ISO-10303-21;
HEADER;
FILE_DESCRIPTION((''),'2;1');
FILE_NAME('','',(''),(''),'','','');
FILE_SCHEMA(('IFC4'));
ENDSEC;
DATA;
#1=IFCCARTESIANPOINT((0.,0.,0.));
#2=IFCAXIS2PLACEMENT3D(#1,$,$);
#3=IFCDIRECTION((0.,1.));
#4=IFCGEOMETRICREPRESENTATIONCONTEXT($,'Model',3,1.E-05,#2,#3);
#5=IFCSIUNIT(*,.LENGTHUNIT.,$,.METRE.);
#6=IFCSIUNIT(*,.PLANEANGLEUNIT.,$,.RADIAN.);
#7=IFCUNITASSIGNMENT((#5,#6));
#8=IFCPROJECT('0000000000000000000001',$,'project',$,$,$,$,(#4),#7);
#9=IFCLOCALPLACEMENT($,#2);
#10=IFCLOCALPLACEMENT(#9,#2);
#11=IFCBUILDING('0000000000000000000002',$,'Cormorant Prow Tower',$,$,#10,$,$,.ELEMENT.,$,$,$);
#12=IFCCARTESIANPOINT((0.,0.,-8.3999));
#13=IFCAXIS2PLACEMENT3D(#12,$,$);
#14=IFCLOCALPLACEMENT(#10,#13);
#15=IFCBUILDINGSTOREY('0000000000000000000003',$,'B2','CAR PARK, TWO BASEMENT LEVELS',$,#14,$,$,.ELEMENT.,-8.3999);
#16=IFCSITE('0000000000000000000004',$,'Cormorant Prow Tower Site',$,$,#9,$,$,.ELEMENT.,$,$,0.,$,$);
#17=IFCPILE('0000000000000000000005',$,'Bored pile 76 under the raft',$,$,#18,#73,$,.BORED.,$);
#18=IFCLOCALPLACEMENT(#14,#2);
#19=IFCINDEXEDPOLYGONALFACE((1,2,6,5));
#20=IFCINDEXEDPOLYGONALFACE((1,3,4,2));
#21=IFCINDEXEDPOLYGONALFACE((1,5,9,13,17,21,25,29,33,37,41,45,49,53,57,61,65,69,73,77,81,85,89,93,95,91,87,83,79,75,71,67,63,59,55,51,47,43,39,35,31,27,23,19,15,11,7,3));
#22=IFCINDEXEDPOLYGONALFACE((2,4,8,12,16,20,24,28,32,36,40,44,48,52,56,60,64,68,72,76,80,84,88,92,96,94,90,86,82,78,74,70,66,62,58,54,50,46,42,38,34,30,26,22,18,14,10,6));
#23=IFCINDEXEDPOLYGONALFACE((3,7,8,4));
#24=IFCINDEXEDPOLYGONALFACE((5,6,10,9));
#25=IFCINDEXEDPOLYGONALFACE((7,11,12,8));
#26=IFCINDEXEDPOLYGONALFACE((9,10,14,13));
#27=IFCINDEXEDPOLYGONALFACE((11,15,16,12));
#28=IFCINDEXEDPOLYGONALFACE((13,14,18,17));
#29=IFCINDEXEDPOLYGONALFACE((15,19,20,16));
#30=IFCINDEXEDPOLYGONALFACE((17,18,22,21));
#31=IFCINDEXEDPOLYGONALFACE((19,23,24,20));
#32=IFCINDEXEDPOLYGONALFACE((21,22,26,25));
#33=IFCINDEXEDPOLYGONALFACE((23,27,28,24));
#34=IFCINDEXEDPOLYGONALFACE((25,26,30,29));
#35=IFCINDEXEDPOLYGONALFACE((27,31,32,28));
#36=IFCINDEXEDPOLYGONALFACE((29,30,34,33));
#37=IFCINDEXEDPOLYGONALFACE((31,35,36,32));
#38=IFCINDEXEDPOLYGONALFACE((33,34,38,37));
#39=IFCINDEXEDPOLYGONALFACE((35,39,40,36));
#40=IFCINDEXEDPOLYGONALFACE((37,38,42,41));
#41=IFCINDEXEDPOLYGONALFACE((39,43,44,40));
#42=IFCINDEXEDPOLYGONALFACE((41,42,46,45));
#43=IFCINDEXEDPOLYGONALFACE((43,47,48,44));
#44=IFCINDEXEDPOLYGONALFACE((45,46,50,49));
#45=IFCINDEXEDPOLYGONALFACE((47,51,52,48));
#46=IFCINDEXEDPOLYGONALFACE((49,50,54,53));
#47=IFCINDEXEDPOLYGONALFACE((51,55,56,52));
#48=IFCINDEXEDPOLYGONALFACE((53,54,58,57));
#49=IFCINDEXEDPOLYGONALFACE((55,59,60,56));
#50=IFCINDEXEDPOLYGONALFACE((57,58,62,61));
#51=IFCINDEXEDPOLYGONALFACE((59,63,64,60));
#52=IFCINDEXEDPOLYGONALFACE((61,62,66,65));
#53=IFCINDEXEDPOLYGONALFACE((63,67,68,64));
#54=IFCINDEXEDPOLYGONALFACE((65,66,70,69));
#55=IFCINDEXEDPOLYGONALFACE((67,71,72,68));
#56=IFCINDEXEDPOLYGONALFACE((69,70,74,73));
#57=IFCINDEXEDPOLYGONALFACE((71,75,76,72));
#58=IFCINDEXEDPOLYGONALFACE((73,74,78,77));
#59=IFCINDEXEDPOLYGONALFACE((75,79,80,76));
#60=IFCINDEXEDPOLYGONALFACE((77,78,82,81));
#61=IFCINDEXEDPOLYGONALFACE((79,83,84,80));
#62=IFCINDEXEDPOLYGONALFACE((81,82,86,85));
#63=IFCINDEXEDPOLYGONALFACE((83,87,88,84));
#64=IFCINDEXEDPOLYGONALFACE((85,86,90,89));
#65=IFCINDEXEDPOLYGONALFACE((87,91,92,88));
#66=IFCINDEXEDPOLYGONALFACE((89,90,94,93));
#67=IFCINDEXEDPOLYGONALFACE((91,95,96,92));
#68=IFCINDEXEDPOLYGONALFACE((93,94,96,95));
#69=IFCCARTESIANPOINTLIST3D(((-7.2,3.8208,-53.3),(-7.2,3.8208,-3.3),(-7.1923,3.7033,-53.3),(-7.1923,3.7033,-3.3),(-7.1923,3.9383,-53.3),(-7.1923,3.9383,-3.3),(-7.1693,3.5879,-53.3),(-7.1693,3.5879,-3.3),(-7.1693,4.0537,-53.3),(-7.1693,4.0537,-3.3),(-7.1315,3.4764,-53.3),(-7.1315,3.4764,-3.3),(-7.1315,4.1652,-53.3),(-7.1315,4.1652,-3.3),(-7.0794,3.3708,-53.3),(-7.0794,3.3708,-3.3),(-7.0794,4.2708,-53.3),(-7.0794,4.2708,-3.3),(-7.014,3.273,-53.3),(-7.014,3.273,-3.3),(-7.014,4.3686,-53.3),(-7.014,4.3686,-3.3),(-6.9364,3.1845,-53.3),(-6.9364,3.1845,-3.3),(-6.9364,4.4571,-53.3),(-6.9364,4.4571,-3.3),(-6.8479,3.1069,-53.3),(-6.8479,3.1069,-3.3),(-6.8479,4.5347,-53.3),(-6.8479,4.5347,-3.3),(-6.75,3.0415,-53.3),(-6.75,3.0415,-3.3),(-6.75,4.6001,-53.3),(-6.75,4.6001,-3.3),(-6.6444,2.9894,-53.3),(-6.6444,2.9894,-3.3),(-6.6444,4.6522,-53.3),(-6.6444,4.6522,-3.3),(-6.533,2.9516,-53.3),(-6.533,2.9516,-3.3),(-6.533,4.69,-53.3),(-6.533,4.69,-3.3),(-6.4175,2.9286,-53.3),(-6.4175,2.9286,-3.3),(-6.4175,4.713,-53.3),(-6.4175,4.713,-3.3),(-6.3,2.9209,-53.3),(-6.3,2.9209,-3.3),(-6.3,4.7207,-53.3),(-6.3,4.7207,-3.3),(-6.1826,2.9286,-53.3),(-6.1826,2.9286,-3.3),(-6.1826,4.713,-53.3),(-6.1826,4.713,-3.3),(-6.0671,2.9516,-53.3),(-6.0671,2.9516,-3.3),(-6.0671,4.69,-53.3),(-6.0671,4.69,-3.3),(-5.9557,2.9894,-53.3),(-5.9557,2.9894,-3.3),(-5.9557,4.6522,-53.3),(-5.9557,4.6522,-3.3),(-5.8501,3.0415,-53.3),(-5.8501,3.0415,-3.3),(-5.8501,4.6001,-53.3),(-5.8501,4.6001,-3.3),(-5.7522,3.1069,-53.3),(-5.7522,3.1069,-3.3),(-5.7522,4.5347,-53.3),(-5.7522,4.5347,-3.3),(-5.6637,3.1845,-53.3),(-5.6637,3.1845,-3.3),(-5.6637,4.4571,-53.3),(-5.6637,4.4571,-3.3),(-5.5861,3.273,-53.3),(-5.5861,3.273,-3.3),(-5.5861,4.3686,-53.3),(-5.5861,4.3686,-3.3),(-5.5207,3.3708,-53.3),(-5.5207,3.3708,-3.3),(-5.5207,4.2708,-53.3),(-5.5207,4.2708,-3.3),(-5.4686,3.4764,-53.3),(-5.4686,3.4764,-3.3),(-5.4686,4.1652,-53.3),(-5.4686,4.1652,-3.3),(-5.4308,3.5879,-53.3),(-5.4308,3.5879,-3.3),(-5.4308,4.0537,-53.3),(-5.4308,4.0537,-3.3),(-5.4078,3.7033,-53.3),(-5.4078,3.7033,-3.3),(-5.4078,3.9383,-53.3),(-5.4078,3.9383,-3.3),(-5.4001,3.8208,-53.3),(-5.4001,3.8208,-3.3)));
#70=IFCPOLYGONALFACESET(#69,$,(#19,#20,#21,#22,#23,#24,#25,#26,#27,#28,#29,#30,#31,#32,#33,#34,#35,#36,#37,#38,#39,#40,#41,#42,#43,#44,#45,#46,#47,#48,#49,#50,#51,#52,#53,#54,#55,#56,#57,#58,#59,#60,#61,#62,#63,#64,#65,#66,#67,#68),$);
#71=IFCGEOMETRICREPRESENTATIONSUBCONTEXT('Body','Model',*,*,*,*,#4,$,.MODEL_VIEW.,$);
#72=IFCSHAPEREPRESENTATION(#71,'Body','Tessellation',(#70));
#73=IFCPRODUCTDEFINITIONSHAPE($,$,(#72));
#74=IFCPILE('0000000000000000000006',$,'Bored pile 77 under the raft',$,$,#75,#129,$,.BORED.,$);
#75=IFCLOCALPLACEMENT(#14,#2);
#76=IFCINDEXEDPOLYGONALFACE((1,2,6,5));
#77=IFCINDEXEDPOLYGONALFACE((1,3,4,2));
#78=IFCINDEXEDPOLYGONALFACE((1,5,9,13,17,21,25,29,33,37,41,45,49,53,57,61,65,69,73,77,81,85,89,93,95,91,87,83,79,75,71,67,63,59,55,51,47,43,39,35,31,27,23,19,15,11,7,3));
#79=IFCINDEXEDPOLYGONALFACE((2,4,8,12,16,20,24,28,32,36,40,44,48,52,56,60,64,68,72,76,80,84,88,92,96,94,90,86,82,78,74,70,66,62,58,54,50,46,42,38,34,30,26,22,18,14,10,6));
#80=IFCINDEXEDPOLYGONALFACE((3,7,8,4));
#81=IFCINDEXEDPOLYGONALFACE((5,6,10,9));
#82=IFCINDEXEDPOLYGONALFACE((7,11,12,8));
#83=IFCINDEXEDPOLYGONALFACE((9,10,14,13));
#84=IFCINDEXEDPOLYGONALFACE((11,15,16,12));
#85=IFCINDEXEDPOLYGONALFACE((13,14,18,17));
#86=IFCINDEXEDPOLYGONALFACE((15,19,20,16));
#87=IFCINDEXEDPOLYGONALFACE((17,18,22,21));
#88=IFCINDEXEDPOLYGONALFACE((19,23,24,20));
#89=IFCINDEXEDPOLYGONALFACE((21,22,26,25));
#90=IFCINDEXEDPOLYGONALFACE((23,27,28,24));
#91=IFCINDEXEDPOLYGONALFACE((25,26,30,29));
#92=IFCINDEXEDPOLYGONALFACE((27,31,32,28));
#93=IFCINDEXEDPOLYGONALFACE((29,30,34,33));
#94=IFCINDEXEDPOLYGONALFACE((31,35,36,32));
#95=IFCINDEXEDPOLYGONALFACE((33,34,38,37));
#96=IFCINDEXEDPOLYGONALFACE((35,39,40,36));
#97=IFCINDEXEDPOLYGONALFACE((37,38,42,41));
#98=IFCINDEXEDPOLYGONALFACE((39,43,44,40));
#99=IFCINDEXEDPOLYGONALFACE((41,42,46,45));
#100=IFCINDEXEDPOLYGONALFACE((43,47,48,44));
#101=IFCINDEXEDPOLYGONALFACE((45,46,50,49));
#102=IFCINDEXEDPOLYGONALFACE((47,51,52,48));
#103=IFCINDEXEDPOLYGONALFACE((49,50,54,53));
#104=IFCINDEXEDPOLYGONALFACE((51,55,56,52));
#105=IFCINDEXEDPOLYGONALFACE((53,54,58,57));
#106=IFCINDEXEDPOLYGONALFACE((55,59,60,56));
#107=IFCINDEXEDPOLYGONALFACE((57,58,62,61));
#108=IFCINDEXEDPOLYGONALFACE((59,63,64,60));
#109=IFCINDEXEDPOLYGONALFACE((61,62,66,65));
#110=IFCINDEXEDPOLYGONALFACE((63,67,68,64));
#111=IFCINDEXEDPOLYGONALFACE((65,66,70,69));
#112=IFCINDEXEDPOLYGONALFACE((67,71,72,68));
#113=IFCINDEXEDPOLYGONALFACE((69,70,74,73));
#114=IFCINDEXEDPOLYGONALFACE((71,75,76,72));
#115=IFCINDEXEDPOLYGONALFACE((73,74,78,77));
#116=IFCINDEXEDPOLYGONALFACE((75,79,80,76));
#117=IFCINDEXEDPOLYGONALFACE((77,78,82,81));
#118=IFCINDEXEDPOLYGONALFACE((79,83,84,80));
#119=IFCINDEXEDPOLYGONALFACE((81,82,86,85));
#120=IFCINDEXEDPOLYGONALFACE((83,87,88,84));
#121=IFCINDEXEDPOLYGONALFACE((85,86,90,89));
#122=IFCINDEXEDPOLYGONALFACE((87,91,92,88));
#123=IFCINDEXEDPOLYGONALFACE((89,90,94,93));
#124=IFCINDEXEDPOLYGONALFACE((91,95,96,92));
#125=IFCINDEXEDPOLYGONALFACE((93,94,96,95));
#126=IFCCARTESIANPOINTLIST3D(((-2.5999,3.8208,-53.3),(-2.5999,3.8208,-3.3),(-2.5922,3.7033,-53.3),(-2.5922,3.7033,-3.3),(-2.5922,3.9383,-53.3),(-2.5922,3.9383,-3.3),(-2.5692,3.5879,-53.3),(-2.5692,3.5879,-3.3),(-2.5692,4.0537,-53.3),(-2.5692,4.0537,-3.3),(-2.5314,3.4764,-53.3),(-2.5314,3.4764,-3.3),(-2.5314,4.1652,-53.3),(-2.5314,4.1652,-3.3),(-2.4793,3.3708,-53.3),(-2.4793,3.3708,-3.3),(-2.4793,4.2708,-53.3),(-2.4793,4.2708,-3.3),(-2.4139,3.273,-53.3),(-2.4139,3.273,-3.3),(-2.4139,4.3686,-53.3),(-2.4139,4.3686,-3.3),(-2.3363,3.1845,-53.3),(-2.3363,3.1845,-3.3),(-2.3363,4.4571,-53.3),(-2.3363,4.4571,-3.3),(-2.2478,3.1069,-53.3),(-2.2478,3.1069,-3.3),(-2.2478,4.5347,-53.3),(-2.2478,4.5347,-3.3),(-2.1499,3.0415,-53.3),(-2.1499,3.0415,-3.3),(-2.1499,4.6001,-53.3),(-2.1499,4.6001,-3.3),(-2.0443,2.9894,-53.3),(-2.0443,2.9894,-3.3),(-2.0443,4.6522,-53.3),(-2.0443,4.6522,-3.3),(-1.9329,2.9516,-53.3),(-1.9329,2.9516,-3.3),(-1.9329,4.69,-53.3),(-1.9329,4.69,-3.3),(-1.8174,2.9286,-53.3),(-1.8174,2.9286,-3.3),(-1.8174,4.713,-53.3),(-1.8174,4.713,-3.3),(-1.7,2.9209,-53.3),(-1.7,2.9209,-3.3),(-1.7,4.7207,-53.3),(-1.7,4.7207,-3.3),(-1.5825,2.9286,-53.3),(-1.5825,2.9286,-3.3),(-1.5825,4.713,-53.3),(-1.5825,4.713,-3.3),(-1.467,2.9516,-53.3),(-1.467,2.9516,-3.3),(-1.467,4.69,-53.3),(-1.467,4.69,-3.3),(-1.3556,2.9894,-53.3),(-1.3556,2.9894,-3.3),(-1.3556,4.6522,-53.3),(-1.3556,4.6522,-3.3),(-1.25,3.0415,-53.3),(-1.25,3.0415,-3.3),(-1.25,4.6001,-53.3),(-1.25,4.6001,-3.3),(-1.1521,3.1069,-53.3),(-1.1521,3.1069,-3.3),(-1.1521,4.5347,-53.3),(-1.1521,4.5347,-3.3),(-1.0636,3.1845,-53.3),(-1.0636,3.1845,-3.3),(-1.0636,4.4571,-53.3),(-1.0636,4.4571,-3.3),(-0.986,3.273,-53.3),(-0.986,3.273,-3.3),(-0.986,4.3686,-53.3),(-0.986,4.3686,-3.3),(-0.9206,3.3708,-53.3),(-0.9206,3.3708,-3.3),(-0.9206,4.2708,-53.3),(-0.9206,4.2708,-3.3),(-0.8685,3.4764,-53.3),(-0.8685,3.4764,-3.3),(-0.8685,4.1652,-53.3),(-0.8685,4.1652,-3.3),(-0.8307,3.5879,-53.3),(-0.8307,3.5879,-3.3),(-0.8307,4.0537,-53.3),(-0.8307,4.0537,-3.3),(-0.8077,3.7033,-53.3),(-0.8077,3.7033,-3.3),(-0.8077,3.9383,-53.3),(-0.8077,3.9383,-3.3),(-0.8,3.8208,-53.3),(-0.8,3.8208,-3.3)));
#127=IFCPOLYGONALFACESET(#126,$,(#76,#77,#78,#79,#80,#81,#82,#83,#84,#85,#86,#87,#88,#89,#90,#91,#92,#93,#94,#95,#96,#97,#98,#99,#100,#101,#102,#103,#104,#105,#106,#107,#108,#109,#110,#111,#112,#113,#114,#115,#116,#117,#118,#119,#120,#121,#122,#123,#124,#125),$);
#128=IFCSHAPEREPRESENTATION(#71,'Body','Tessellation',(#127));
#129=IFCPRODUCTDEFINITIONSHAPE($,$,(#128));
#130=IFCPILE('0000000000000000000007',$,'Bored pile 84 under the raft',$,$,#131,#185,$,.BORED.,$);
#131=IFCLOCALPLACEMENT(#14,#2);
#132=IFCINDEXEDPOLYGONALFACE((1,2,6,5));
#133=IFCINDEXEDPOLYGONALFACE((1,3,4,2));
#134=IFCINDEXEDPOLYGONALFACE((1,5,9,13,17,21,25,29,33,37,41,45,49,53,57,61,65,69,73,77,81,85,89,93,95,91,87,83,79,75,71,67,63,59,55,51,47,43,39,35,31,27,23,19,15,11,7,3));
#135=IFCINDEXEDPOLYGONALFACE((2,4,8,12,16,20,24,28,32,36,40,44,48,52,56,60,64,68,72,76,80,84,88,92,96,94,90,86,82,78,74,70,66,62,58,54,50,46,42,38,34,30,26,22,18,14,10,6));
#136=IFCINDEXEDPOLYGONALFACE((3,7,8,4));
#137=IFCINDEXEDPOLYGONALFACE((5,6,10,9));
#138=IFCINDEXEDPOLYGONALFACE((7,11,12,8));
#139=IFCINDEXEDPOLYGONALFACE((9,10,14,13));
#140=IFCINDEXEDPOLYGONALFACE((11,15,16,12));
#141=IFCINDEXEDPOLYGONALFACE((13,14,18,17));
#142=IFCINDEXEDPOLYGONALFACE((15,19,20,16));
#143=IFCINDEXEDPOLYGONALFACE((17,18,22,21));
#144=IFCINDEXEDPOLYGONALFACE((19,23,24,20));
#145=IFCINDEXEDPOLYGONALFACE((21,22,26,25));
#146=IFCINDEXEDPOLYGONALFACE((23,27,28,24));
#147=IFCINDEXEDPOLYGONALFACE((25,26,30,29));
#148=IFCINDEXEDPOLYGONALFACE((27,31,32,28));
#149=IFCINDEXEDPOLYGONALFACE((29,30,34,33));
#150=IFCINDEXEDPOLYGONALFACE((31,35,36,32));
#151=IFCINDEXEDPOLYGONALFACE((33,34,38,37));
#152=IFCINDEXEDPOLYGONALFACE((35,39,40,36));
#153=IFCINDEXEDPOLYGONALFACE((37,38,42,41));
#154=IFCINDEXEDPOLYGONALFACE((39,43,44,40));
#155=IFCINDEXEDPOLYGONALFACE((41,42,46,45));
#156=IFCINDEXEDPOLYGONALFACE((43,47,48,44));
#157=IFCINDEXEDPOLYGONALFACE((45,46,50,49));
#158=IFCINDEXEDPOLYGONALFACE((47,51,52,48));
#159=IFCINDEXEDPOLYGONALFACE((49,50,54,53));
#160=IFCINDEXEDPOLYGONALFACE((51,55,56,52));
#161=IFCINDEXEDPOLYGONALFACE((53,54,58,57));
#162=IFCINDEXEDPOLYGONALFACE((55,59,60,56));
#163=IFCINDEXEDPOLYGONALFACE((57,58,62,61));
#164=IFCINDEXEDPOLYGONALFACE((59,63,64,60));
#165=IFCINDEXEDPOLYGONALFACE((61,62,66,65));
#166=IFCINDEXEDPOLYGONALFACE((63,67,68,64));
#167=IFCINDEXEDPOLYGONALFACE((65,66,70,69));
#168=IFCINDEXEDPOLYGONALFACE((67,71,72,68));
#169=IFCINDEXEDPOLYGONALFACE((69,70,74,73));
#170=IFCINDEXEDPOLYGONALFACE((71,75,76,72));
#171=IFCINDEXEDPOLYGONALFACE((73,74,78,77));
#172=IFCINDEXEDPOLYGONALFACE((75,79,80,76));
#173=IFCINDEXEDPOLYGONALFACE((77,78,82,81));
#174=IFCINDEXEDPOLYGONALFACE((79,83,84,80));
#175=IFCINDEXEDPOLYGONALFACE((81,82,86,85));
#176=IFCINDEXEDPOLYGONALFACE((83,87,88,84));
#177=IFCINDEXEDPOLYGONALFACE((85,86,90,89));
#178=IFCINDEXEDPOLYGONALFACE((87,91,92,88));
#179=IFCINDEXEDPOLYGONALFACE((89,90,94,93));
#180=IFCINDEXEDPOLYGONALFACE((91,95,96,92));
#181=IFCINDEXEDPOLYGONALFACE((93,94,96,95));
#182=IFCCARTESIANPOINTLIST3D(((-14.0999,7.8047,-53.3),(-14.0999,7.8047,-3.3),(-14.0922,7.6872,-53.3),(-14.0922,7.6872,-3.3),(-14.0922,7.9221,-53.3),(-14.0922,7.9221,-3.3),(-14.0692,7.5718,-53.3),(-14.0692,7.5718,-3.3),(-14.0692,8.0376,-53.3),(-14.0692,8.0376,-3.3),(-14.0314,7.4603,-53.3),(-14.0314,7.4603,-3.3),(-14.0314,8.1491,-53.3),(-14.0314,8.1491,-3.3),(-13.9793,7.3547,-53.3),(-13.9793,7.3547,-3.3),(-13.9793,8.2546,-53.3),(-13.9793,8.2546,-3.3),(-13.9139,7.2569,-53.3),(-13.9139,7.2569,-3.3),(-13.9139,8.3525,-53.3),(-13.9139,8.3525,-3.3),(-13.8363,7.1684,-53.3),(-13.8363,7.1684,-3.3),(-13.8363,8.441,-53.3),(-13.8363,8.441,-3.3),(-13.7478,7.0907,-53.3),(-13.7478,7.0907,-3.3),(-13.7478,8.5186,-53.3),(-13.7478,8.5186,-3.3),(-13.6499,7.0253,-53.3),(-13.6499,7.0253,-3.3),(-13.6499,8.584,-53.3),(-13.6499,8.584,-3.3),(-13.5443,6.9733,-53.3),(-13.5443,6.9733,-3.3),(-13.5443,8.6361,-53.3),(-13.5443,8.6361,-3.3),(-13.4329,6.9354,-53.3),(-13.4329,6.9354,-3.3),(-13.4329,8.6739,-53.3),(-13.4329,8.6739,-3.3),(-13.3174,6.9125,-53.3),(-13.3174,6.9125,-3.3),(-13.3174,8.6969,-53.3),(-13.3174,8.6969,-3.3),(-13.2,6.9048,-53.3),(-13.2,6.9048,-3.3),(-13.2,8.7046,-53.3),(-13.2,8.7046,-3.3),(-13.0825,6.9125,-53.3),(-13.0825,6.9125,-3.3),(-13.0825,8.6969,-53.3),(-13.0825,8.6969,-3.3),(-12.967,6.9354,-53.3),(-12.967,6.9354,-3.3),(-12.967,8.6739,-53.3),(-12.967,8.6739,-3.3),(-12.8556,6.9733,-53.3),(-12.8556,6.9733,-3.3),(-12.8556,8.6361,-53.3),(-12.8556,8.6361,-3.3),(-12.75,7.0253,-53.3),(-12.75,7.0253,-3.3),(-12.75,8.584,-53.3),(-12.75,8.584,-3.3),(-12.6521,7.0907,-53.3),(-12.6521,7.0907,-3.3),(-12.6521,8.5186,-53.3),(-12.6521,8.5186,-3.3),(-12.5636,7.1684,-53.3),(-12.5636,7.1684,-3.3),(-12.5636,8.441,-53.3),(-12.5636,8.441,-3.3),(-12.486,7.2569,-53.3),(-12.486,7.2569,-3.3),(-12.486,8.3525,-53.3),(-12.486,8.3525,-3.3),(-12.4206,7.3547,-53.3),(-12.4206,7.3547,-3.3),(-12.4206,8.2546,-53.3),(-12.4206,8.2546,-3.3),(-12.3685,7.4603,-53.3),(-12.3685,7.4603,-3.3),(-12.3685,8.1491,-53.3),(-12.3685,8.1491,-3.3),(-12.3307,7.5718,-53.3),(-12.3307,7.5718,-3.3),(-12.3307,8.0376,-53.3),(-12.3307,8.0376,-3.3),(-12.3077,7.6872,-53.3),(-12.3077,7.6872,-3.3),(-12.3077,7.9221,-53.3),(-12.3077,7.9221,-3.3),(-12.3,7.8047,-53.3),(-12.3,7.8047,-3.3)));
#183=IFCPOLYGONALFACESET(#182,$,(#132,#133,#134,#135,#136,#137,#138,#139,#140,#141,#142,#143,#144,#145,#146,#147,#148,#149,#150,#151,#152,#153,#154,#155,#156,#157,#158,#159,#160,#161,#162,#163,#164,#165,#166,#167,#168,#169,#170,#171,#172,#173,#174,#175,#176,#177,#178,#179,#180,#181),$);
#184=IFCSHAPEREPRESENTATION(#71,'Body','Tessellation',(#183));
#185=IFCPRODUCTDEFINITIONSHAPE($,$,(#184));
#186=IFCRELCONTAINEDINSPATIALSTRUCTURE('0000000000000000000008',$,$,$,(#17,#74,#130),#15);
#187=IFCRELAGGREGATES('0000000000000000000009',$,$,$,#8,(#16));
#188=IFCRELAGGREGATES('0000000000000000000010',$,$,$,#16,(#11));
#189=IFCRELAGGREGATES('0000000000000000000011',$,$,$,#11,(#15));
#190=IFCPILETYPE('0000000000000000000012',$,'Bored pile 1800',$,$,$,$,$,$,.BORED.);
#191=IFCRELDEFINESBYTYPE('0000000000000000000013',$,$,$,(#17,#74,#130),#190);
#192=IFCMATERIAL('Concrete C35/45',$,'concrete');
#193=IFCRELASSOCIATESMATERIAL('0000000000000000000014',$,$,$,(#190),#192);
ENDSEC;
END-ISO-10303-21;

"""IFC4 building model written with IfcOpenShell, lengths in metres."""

from ifc_helpers import new_model, si_unit, direction, frame, origin, origin_2d, place, context, subcontext, project, spatial, circle, extrude, material, material_profile, profile_set, type_object, element, save


model = new_model("IFC4")

# Units and contexts
model_context = context("Model", 3, precision=1e-05, world=origin(), true_north=direction((0.0, 1.0)))
body_context = subcontext(model_context, "Body", "Model", "MODEL_VIEW")
ifc_project = project(units=[si_unit("LENGTHUNIT", "METRE"), si_unit("PLANEANGLEUNIT", "RADIAN")], contexts=[model_context])

# Site, building, storey
site_placement = place(None, origin())
site = spatial("IfcSite", under=ifc_project, at=site_placement, Name="Cormorant Prow Tower Site", CompositionType="ELEMENT", RefElevation=0.0)
building_placement = place(site_placement, origin())
building = spatial("IfcBuilding", under=site, at=building_placement, Name="Cormorant Prow Tower", CompositionType="ELEMENT")
storey_placement = place(building_placement, frame((0.0, 0.0, -8.3999)))
storey = spatial("IfcBuildingStorey", under=building, at=storey_placement, Name="B2", Description="CAR PARK, TWO BASEMENT LEVELS", CompositionType="ELEMENT", Elevation=-8.3999)

# Piles
ifc_material_1 = material(Name="Concrete C35/45", Category="concrete")
ifc_material_profile_1 = material_profile(ifc_material_1, circle(Radius=0.8999, at=origin_2d()), Name="Round 1800")
ifc_profile_set_1 = profile_set([ifc_material_profile_1], Name="Concrete C35/45")
pile_type_1 = type_object("IfcPileType", Name="Bored pile 1800", PredefinedType="BORED", material=ifc_profile_set_1)
for number, where, z_axis, x_axis, name in (
    (1, (-6.3, 3.8208, -3.3), (0.0, 0.0, -1.0), (1.0, 0.0, 0.0), "Bored pile 76 under the raft"),
    (2, (-1.7, 3.8208, -3.3), (0.0, 0.0, -1.0), (1.0, 0.0, 0.0), "Bored pile 77 under the raft"),
    (3, (-13.2, 7.8047, -3.3), (0.0, 0.0, -1.0), (1.0, 0.0, 0.0), "Bored pile 84 under the raft"),
):
    element("IfcPile", number, at=place(storey_placement, frame(where, z_axis=z_axis, x_axis=x_axis)), inside=storey, type_object=pile_type_1, Name=name, PredefinedType="BORED", context=body_context, shape_type="SweptSolid", body=[
        extrude(circle(Radius=0.8999, at=origin_2d()), origin(), (0.0, 0.0, 1.0), 50.0),
    ])

save(model, "model.ifc")
